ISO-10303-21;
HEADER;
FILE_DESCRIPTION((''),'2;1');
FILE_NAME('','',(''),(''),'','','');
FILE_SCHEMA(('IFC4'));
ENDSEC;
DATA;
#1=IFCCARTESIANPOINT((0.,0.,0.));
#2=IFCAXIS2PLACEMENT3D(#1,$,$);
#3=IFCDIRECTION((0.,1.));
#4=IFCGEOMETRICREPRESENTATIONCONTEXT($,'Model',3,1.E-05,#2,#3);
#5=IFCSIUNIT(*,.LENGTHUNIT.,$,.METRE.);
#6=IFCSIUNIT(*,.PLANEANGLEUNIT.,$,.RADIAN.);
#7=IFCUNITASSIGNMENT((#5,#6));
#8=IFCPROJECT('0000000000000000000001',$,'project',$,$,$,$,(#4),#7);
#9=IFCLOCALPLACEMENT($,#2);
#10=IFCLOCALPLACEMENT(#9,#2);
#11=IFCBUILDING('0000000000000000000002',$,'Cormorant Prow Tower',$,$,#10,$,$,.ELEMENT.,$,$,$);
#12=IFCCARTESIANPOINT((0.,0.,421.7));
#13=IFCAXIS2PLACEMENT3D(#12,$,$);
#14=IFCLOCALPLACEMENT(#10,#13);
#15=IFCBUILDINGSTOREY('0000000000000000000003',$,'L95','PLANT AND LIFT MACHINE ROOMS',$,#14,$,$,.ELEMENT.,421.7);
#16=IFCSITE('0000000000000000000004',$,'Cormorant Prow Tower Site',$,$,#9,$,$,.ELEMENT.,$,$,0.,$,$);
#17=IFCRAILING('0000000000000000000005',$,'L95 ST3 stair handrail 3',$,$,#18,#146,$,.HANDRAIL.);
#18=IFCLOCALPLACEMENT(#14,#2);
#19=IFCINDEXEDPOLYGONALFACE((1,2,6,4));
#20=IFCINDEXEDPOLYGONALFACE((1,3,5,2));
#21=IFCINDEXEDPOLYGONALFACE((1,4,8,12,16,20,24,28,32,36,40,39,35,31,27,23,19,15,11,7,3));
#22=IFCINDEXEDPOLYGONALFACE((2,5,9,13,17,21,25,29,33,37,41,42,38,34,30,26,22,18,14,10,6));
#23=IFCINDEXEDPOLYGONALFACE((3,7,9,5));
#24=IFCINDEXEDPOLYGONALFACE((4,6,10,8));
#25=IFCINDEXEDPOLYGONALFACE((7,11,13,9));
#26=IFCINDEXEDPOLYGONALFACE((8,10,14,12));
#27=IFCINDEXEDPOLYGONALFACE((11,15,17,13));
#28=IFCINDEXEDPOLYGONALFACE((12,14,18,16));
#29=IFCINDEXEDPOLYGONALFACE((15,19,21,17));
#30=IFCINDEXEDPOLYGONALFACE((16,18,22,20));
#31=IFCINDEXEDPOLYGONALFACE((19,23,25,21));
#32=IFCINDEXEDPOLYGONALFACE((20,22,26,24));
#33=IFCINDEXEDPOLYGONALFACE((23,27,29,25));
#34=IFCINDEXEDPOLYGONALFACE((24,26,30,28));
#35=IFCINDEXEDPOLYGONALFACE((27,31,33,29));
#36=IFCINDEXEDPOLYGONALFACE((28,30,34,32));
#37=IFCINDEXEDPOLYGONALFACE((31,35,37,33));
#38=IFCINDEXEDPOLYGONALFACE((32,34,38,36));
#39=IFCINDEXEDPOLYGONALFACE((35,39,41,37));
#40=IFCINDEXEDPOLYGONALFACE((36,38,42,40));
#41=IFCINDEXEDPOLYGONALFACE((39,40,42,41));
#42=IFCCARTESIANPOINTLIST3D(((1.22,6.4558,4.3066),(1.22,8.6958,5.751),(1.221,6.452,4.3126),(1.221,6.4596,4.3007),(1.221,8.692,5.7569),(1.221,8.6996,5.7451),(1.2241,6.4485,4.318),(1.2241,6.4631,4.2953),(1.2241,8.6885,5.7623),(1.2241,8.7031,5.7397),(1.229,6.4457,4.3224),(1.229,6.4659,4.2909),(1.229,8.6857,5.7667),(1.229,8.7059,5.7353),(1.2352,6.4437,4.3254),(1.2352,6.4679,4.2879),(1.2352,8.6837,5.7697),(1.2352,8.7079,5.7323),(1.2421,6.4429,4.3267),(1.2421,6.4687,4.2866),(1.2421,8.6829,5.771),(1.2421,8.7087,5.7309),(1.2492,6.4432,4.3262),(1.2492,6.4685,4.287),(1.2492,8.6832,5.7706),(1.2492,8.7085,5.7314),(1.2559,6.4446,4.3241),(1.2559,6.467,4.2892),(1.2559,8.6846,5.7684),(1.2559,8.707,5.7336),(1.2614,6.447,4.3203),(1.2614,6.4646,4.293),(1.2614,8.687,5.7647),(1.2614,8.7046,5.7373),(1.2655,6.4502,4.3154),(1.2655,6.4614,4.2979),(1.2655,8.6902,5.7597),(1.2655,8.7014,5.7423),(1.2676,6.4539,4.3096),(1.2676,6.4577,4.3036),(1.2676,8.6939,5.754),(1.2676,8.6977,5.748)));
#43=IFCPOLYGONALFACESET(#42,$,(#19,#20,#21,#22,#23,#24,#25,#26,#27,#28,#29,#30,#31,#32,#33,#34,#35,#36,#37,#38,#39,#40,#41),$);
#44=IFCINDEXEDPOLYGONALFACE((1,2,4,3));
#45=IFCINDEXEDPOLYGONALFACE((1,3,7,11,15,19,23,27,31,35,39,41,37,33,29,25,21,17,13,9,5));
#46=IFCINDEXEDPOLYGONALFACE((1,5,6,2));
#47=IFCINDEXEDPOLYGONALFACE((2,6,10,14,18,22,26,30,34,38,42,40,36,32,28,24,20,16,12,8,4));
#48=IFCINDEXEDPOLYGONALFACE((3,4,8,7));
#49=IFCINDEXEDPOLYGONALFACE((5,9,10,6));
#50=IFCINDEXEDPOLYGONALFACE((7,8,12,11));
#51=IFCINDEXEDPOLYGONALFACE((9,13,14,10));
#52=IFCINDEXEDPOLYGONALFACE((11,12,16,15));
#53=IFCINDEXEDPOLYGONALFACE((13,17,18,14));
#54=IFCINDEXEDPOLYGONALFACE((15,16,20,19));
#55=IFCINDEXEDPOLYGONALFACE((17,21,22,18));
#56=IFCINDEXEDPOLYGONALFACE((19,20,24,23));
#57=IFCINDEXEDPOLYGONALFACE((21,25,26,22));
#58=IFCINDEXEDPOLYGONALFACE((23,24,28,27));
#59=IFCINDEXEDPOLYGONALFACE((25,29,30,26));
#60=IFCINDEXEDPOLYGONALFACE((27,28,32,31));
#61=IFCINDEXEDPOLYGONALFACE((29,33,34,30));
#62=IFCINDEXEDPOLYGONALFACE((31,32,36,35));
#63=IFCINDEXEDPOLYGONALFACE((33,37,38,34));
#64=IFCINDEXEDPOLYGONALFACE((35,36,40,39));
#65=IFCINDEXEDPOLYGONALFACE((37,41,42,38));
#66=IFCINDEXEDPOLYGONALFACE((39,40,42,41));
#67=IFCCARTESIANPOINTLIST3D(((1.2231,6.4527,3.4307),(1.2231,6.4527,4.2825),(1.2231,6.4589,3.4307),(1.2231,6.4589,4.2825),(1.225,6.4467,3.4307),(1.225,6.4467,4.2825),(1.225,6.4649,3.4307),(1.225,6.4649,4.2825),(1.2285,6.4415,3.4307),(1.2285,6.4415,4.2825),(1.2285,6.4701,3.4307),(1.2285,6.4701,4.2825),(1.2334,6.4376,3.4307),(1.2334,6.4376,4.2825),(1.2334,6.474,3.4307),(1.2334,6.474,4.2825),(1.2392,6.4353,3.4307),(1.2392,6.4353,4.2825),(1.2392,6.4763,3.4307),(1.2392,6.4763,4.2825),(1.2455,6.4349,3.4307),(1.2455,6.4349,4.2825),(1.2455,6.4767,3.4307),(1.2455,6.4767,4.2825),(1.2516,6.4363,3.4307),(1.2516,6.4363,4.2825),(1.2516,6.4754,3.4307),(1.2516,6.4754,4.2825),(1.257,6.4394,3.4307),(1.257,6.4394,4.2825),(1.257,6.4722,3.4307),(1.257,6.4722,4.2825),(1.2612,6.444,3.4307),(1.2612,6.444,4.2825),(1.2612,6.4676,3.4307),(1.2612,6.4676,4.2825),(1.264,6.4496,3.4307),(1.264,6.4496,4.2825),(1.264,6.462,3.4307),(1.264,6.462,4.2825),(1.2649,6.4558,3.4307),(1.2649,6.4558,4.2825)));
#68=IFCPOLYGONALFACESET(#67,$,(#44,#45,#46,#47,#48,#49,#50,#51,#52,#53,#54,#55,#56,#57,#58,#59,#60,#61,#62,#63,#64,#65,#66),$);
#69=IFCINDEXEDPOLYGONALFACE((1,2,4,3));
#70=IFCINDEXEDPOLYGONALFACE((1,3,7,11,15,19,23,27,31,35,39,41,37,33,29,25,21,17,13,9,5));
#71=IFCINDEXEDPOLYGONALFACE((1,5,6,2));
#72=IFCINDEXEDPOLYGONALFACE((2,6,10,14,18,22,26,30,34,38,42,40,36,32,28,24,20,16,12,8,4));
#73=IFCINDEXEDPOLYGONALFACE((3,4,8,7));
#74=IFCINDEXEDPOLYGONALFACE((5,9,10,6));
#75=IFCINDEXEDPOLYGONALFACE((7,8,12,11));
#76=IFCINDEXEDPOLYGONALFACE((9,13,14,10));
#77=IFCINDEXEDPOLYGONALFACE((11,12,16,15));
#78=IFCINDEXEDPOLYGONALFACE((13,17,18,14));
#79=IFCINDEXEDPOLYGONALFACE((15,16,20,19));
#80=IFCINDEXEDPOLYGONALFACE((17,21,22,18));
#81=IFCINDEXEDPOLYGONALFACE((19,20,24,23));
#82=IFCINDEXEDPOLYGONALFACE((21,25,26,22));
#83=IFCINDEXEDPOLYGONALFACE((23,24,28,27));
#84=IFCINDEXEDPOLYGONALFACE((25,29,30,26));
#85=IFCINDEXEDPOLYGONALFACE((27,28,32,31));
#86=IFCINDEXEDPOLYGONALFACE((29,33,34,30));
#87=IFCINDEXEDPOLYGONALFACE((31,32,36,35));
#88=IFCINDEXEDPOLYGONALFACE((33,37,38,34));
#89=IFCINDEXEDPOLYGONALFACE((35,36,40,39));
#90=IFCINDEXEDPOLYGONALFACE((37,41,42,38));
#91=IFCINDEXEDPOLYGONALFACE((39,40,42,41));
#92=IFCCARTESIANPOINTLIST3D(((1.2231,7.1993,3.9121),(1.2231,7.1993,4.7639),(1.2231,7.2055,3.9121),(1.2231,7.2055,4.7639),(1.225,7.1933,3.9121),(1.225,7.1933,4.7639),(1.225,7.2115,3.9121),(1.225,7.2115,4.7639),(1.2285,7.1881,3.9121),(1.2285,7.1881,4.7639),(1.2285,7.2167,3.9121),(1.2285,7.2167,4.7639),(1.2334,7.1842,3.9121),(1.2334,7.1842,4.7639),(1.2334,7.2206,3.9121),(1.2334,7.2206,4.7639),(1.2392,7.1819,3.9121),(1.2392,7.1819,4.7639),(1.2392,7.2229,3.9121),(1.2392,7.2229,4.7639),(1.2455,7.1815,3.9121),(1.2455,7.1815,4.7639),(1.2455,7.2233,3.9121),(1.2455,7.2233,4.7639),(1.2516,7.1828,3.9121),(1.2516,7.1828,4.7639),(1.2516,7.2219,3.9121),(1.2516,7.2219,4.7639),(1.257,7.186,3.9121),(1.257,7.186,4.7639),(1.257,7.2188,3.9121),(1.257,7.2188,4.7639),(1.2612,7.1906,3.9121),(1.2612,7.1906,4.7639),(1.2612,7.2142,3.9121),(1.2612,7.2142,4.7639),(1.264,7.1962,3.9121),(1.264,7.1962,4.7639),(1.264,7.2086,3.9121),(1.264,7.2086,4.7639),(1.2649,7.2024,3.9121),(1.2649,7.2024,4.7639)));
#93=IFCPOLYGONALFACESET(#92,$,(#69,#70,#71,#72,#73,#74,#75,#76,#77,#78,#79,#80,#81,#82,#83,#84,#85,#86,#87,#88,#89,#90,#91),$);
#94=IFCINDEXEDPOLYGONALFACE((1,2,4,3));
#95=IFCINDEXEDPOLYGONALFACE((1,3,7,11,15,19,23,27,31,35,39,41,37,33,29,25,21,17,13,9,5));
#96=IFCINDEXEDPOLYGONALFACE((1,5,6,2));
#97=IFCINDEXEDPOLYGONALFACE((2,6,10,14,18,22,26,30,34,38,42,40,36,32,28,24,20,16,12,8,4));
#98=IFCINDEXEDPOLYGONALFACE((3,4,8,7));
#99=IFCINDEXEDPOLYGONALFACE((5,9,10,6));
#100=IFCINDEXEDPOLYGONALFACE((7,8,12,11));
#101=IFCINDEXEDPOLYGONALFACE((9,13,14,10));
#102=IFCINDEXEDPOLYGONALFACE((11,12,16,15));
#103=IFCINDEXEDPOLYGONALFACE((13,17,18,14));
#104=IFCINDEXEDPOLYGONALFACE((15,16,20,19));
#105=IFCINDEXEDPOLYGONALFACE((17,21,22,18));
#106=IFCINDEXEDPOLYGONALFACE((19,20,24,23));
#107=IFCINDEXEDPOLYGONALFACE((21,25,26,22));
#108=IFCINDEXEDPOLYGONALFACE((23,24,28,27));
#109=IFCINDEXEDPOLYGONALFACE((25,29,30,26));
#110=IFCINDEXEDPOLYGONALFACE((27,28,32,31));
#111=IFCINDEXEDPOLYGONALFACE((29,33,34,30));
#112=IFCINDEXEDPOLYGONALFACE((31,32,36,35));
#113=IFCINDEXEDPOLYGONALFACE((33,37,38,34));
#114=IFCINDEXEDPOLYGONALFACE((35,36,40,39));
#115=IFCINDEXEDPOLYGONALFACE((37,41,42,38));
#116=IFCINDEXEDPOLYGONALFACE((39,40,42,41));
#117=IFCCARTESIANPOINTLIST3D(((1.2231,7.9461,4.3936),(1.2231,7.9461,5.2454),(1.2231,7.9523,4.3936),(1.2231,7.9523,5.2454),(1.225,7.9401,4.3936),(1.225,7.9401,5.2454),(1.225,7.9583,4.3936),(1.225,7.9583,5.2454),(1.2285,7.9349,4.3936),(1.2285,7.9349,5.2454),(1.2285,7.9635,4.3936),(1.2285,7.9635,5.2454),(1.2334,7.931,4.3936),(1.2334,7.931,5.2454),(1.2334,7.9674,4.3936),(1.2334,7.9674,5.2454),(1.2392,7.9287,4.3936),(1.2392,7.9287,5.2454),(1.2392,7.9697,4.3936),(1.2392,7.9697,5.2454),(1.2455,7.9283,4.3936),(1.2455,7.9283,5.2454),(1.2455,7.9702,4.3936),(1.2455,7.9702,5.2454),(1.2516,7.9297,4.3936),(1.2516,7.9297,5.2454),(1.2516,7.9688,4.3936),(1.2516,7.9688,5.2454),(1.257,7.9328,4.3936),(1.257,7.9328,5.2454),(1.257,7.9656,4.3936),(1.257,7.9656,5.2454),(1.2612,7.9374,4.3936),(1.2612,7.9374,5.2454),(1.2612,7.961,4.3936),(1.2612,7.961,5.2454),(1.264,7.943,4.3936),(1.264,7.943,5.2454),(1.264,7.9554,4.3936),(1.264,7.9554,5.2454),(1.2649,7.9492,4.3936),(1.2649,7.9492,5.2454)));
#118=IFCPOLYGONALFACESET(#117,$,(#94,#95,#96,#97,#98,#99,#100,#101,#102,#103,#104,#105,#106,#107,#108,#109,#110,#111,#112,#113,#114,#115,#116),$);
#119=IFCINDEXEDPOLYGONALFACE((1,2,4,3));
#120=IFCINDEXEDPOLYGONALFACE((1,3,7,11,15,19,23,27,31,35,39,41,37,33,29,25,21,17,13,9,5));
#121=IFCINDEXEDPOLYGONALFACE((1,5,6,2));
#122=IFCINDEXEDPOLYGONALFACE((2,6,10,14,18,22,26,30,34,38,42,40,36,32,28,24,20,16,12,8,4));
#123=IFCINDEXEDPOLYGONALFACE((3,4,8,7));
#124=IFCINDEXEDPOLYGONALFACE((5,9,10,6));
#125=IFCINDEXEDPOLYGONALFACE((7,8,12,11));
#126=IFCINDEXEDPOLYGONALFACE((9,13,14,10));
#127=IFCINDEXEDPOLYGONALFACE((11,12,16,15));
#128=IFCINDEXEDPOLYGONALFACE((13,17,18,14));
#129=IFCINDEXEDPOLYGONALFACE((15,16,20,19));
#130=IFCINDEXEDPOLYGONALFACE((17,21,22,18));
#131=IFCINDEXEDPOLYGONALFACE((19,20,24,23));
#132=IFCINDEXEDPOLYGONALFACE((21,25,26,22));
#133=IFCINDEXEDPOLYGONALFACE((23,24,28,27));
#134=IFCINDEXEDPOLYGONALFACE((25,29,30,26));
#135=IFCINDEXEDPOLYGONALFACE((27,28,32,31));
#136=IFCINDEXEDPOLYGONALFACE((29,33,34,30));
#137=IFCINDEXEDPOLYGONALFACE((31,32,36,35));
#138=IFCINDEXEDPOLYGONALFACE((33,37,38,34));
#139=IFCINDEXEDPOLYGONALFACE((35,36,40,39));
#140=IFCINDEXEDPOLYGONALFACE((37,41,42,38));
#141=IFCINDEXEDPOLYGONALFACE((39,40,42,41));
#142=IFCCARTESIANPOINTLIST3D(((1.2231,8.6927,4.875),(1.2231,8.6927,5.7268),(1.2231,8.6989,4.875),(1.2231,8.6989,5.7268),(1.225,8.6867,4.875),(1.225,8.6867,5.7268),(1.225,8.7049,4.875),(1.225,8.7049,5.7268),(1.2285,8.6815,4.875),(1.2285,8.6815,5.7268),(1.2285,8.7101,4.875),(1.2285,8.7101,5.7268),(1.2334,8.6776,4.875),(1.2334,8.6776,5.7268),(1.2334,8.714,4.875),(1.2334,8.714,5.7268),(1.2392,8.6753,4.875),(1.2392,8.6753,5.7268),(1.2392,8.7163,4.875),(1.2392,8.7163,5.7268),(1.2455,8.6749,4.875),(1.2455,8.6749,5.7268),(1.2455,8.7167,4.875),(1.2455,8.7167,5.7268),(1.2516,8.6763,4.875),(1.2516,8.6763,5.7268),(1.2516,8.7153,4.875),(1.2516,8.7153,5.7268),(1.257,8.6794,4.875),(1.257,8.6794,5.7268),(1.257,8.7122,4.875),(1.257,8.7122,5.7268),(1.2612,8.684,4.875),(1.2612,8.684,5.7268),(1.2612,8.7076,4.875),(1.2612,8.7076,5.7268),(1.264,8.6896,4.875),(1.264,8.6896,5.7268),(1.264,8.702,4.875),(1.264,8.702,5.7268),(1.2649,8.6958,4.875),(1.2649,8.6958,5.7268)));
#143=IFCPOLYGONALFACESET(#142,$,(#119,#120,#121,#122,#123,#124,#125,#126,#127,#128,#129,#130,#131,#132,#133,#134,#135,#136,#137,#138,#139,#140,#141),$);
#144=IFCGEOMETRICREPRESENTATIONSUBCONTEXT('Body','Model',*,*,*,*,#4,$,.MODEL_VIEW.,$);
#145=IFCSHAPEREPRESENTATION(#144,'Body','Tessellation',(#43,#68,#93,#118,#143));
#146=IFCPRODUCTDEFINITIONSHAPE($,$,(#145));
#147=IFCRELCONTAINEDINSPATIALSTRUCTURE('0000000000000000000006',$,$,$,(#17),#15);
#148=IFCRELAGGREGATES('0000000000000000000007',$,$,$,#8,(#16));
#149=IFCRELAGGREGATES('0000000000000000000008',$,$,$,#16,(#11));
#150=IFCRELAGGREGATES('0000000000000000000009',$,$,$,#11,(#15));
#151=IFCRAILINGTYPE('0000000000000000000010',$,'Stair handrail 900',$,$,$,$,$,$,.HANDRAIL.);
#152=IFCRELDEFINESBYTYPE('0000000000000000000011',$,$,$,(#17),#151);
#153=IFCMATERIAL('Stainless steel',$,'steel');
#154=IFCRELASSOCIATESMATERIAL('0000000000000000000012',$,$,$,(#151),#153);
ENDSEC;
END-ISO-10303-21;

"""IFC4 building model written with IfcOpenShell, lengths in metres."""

from ifc_helpers import new_model, si_unit, direction, frame, origin, origin_2d, place, context, subcontext, project, spatial, circle, extrude, material, type_object, element, save


model = new_model("IFC4")

# Units and contexts
model_context = context("Model", 3, precision=1e-05, world=origin(), true_north=direction((0.0, 1.0)))
body_context = subcontext(model_context, "Body", "Model", "MODEL_VIEW")
ifc_project = project(units=[si_unit("LENGTHUNIT", "METRE"), si_unit("PLANEANGLEUNIT", "RADIAN")], contexts=[model_context])

# Site, building, storey
site_placement = place(None, origin())
site = spatial("IfcSite", under=ifc_project, at=site_placement, Name="Cormorant Prow Tower Site", CompositionType="ELEMENT", RefElevation=0.0)
building_placement = place(site_placement, origin())
building = spatial("IfcBuilding", under=site, at=building_placement, Name="Cormorant Prow Tower", CompositionType="ELEMENT")
storey_placement = place(building_placement, frame((0.0, 0.0, 421.7)))
storey = spatial("IfcBuildingStorey", under=building, at=storey_placement, Name="L95", Description="PLANT AND LIFT MACHINE ROOMS", CompositionType="ELEMENT", Elevation=421.7)

# Railing
ifc_material_1 = material(Name="Stainless steel", Category="steel")
railing_type_1 = type_object("IfcRailingType", Name="Stair handrail 900", PredefinedType="HANDRAIL", material=ifc_material_1)
for number, where, name in (
    (1, (1.2439, 6.4558, 3.4307), "L95 ST3 stair handrail 3"),
):
    element("IfcRailing", number, at=place(storey_placement, frame(where)), inside=storey, type_object=railing_type_1, Name=name, PredefinedType="HANDRAIL", context=body_context, shape_type="SweptSolid", body=[
        extrude(circle(Radius=0.0239, at=origin_2d()), frame((0.0, 0.0, 0.876), z_axis=(0.0, 0.840437, 0.54191), x_axis=(-1.0, 0.0, 0.0)), (0.0, 0.0, 1.0), 2.6653),
        extrude(circle(Radius=0.021, at=origin_2d()), origin(), (0.0, 0.0, 1.0), 0.8518),
        extrude(circle(Radius=0.021, at=origin_2d()), frame((0.0, 0.7466, 0.4814)), (0.0, 0.0, 1.0), 0.8518),
        extrude(circle(Radius=0.021, at=origin_2d()), frame((0.0, 1.4934, 0.9629)), (0.0, 0.0, 1.0), 0.8518),
        extrude(circle(Radius=0.021, at=origin_2d()), frame((0.0, 2.24, 1.4443)), (0.0, 0.0, 1.0), 0.8518),
    ])

save(model, "model.ifc")
